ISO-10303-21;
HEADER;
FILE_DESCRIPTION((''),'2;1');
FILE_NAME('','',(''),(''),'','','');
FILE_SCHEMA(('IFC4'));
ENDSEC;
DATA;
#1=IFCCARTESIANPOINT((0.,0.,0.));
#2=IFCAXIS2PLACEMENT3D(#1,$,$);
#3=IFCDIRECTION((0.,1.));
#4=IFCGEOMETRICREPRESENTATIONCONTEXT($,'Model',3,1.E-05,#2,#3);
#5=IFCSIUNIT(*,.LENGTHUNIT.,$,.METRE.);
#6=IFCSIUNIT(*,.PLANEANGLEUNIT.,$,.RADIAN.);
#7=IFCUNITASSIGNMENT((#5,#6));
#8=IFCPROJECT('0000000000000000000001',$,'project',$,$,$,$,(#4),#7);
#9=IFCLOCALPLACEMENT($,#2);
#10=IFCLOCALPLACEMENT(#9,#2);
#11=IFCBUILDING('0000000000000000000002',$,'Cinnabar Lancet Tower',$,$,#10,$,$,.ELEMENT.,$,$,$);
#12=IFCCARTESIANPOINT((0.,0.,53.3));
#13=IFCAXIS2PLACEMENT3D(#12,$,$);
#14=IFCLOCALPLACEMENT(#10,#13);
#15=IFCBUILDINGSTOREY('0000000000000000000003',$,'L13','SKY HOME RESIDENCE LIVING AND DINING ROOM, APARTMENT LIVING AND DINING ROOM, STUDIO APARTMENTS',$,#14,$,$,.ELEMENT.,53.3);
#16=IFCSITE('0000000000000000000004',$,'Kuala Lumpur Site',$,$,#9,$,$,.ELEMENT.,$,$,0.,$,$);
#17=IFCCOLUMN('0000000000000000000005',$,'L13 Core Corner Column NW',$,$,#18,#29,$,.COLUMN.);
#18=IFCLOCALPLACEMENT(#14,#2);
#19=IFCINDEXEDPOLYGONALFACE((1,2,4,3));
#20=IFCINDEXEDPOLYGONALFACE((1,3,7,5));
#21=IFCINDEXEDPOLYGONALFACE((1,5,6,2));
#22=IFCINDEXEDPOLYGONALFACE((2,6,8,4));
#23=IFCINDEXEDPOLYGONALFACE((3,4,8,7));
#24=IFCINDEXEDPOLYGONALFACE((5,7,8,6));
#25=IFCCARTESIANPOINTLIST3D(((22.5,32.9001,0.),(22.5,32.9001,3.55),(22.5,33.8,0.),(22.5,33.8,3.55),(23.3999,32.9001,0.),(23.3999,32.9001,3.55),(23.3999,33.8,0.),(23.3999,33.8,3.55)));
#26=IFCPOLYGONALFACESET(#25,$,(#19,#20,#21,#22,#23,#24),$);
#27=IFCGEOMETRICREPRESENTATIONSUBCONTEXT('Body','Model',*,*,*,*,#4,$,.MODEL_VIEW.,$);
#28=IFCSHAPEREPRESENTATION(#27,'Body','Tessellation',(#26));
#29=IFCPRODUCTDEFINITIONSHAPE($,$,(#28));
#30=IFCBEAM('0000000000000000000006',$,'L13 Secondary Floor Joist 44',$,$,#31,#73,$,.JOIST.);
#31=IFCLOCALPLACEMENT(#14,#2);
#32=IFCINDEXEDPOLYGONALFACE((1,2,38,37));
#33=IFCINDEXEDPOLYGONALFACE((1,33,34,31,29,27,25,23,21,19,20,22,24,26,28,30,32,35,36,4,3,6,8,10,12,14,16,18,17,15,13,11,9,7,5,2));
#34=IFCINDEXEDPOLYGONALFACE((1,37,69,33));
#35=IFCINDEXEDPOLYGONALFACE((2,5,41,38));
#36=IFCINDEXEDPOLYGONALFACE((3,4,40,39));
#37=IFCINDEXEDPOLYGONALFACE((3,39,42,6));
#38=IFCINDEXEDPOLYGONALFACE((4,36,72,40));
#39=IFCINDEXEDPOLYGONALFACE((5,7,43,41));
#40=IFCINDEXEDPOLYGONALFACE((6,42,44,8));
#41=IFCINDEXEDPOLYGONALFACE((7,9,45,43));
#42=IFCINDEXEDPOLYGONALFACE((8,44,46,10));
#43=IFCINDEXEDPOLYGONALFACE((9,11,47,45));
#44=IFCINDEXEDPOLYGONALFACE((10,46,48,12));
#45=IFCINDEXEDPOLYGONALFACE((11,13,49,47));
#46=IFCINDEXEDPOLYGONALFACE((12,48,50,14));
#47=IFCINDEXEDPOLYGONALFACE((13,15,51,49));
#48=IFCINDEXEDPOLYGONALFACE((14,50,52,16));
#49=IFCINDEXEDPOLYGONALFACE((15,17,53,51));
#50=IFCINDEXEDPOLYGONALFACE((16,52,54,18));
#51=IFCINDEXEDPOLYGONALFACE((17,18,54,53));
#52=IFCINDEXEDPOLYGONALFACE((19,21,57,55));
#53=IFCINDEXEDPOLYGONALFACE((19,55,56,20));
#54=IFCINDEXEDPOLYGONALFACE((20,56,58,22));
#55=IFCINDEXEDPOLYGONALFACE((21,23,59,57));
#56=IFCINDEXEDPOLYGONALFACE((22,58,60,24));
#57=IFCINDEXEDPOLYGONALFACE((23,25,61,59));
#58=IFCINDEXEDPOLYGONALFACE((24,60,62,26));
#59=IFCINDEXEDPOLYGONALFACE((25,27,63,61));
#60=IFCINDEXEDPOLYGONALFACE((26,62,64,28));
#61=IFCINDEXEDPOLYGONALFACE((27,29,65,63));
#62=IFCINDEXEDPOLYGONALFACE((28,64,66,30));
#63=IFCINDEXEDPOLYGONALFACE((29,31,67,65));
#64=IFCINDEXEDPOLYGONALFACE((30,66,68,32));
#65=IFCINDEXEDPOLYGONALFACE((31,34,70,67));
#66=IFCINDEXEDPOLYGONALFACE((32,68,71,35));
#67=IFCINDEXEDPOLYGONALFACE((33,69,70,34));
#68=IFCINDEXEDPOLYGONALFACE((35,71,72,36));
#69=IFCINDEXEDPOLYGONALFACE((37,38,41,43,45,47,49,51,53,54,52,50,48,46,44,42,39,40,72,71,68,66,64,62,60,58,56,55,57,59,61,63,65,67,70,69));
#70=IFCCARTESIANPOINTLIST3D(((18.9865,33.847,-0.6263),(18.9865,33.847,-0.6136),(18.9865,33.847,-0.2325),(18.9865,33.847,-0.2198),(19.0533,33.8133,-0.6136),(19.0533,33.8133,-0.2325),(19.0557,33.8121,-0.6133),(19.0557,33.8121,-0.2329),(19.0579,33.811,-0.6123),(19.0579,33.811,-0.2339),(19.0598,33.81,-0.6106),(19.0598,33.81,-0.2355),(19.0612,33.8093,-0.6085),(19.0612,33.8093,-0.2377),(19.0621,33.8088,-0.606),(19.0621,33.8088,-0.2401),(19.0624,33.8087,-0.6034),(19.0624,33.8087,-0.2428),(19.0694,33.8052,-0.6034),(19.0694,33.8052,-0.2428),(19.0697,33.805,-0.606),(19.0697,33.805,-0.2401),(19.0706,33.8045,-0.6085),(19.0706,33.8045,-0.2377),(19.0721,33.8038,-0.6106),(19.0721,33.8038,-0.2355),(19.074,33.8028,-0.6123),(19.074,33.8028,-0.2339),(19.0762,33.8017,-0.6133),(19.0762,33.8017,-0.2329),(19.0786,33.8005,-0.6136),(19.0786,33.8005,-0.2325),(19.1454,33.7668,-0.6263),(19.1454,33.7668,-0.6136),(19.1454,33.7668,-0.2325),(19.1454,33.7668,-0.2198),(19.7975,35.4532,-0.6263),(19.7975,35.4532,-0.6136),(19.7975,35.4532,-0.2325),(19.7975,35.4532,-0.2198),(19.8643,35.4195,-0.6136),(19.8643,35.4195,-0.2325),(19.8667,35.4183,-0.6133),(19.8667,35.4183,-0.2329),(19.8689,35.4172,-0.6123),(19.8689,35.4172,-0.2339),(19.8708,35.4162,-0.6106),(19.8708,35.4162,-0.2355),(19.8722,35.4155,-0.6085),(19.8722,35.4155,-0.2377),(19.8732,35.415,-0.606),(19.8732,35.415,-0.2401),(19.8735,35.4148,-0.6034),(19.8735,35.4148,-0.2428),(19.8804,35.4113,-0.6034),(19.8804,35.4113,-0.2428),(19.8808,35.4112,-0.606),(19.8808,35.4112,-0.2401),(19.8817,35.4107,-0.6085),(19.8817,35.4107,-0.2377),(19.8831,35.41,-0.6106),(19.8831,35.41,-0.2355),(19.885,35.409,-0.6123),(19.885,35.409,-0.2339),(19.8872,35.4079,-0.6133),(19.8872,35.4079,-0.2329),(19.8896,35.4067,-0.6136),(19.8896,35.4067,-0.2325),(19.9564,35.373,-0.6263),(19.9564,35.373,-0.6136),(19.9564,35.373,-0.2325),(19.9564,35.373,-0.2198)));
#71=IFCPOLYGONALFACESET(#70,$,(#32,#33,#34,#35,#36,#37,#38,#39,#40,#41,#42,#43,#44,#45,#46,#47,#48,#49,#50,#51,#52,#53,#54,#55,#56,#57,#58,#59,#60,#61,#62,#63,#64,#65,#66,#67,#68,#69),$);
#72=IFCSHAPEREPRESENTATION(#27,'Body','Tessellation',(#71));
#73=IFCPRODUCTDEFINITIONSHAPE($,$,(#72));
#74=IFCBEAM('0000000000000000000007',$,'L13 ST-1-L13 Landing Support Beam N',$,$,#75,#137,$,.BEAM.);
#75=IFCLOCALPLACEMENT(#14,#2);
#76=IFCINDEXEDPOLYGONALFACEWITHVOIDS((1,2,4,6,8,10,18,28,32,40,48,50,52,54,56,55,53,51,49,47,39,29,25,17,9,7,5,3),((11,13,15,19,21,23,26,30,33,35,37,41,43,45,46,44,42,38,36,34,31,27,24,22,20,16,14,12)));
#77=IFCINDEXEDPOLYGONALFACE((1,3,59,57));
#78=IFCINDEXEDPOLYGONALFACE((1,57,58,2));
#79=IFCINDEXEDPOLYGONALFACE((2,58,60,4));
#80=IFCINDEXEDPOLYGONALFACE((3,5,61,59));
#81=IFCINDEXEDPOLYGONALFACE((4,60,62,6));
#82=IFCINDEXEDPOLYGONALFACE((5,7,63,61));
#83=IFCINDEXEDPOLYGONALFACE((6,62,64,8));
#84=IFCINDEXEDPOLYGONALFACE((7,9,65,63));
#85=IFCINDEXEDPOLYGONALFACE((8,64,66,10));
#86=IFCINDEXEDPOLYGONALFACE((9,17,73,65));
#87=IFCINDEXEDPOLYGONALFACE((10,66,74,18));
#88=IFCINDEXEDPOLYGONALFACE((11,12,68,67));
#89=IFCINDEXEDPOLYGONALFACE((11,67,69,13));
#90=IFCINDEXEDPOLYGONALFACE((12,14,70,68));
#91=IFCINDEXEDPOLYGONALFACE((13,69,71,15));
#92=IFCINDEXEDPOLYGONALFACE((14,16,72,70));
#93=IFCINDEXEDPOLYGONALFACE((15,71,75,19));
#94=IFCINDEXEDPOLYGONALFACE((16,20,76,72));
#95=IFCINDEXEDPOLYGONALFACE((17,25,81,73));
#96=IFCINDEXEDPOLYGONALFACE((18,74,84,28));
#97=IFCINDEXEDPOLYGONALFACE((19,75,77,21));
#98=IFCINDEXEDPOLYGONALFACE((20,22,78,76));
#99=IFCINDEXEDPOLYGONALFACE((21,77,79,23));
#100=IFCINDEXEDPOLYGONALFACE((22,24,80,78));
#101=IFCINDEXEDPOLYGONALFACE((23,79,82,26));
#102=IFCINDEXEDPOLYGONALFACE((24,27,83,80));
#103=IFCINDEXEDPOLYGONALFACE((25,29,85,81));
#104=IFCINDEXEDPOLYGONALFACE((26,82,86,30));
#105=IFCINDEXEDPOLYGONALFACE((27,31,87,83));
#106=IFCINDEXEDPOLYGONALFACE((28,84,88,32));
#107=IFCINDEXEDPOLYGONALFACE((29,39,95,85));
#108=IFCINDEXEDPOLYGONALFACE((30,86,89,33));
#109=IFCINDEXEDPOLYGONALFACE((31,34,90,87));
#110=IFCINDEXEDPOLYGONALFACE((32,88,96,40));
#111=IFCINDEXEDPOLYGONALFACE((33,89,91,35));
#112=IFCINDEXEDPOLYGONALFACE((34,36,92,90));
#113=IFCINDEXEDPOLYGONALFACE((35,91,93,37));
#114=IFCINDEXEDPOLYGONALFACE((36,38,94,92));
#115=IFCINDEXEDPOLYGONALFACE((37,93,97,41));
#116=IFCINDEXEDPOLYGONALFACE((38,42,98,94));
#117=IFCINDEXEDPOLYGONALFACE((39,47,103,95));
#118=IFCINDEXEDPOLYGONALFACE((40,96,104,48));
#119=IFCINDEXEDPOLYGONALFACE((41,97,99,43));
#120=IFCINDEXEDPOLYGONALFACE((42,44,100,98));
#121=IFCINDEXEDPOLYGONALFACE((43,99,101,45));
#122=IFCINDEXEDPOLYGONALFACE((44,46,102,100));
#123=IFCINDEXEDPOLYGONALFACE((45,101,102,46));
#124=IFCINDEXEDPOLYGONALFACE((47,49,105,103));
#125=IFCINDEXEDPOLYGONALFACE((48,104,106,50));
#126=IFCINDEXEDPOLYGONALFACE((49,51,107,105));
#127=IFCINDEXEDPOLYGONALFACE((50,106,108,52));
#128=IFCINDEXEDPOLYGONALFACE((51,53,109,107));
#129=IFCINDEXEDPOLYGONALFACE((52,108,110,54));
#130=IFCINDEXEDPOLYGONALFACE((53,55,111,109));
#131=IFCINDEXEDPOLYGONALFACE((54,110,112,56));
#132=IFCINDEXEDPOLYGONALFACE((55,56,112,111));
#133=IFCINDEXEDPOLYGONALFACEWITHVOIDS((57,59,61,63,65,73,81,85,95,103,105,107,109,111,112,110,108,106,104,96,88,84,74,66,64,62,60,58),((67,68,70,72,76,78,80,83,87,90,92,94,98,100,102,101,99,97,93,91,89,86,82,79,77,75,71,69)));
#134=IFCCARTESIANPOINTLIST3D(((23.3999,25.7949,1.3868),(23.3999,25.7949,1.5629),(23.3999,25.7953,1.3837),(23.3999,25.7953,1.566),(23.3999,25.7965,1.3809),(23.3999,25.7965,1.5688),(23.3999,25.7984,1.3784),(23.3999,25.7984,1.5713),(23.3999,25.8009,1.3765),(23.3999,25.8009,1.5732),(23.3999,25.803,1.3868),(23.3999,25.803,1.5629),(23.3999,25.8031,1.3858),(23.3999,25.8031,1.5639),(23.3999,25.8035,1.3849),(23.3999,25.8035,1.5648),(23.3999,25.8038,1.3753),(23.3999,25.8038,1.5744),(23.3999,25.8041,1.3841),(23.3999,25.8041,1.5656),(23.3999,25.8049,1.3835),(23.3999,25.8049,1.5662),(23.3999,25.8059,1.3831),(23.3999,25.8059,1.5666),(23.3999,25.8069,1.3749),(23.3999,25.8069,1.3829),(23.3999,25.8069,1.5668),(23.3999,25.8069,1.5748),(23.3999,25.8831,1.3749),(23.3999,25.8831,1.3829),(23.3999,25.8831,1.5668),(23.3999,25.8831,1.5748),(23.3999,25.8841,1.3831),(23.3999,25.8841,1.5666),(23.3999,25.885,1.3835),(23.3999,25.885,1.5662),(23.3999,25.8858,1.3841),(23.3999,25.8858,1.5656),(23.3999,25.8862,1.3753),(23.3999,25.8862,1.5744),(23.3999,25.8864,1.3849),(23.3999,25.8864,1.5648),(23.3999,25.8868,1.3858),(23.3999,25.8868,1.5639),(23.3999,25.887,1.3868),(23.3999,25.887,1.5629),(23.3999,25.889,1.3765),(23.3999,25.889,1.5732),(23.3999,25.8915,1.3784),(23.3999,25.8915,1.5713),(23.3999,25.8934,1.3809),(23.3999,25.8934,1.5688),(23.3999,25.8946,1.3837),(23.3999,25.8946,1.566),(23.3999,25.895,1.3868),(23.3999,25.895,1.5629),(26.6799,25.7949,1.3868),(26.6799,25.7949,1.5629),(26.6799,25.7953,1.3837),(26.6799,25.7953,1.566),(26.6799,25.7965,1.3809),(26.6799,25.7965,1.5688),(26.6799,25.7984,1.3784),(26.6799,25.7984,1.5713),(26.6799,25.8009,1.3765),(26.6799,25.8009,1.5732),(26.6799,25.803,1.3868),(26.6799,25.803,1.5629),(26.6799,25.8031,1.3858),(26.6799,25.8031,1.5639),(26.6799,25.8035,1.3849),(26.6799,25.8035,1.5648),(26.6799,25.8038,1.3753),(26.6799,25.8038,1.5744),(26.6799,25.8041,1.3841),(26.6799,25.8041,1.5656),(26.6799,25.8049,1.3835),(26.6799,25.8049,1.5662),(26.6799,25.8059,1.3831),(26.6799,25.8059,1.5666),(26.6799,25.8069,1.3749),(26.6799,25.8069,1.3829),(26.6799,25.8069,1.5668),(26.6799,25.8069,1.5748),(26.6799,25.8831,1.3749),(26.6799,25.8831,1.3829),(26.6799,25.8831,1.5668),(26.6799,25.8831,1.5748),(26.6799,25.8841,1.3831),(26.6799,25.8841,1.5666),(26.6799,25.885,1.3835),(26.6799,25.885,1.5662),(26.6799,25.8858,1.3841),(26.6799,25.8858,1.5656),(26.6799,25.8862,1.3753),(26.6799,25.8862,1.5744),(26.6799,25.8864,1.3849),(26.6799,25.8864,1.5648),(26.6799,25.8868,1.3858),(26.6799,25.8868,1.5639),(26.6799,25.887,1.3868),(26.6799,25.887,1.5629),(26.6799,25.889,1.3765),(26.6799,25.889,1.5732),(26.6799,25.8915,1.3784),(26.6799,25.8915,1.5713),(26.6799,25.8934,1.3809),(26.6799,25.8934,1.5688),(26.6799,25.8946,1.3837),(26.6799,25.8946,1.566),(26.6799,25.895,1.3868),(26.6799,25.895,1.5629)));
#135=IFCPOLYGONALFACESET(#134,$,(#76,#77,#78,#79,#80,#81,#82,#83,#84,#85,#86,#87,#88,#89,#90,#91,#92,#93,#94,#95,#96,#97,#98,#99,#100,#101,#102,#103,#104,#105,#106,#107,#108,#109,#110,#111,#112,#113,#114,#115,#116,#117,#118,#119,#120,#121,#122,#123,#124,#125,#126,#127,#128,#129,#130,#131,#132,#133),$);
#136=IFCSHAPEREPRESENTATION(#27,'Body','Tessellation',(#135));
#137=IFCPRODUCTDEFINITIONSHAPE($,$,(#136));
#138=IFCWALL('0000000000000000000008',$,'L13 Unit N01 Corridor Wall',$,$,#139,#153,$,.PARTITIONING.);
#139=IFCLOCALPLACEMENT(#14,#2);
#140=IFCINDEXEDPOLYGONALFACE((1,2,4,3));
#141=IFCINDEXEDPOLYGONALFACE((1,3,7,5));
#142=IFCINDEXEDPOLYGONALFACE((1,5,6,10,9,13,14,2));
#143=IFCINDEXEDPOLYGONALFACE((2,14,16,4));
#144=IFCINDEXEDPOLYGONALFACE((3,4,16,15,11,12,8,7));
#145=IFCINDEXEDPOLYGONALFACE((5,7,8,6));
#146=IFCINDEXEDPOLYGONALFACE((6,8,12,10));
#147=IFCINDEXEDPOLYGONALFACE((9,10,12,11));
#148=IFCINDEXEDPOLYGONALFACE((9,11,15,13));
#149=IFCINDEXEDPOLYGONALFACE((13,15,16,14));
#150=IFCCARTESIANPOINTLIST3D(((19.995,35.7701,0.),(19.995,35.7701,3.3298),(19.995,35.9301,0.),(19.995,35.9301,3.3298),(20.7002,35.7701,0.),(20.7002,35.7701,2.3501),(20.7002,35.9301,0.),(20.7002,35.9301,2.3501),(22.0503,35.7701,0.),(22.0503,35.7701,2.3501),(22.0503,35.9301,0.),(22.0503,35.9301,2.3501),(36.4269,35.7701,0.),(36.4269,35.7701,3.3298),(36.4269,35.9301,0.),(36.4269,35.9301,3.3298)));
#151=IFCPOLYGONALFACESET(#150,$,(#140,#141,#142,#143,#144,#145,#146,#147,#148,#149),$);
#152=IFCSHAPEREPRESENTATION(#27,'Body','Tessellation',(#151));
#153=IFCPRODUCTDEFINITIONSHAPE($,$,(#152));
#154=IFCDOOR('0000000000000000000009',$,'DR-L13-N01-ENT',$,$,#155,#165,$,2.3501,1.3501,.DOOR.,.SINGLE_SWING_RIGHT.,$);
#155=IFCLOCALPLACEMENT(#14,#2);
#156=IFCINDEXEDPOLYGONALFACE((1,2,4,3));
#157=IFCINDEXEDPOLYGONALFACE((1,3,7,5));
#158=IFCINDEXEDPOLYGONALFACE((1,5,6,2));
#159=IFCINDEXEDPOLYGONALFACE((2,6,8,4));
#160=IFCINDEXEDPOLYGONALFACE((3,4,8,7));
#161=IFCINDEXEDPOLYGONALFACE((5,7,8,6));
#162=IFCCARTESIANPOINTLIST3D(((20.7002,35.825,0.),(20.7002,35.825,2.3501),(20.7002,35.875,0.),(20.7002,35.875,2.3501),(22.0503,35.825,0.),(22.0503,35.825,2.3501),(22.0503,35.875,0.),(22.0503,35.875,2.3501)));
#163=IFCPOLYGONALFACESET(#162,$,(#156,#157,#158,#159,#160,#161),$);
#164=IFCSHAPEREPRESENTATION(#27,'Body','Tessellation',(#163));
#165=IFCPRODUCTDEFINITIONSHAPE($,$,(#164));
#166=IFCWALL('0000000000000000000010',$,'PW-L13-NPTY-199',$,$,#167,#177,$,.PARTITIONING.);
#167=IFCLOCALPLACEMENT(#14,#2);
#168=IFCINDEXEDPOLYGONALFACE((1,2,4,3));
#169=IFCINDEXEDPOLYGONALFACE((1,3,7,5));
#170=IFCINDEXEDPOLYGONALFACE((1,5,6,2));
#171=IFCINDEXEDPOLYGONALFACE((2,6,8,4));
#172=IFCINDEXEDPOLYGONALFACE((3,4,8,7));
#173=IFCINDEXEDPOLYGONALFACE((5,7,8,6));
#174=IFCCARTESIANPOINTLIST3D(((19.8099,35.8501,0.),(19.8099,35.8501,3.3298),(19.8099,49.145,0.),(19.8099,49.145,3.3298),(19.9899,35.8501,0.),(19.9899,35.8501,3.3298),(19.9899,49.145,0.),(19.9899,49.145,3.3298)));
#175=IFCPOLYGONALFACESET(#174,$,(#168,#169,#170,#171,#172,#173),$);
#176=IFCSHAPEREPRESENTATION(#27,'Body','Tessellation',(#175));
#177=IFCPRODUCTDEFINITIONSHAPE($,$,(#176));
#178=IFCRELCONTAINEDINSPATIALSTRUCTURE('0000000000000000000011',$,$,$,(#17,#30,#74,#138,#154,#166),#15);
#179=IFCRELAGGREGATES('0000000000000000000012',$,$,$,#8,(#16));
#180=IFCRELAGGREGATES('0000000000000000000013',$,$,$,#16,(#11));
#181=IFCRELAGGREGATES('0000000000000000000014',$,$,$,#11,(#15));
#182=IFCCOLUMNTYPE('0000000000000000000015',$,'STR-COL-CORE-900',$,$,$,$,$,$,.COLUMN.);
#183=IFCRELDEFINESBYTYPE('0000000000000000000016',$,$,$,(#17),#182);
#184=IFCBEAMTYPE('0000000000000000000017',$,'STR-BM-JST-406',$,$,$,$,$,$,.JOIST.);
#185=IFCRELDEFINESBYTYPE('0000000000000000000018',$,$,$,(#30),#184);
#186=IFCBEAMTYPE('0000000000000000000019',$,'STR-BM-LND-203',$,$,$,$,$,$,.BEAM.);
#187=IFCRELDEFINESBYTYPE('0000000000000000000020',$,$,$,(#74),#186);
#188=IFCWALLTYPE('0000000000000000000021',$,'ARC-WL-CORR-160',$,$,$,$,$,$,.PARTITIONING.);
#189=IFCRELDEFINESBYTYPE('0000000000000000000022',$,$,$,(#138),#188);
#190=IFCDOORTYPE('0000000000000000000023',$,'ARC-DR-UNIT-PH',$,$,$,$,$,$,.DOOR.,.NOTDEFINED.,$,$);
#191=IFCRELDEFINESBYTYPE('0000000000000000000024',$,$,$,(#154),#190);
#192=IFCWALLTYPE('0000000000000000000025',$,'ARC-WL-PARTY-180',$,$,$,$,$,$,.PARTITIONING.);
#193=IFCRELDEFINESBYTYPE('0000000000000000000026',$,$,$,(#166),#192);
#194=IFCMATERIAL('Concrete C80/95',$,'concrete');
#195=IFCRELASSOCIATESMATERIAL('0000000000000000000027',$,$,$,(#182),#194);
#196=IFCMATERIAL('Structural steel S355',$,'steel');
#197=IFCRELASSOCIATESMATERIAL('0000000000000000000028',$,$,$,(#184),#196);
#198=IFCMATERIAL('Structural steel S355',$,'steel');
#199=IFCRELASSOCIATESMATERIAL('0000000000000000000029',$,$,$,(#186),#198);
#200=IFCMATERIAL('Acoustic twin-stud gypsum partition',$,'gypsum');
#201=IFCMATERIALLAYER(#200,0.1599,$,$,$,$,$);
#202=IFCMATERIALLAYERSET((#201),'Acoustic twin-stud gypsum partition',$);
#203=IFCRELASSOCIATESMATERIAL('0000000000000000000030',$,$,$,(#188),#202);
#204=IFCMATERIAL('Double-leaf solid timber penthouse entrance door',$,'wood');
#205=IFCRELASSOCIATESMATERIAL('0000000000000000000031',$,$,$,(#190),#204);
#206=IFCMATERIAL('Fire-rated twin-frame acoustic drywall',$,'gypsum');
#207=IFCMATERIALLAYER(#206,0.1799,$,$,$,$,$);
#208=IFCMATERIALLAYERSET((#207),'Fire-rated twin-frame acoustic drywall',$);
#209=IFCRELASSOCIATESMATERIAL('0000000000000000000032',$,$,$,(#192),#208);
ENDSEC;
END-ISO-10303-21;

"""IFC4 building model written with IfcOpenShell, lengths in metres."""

from ifc_helpers import new_model, si_unit, direction, frame, frame_2d, origin, origin_2d, place, context, subcontext, project, spatial, rectangle, hollow_rectangle, i_section, extrude, material, layer, layer_set, material_profile, profile_set, type_object, element, fill, save


model = new_model("IFC4")

# Units and contexts
model_context = context("Model", 3, precision=1e-05, world=origin(), true_north=direction((0.0, 1.0)))
body_context = subcontext(model_context, "Body", "Model", "MODEL_VIEW")
ifc_project = project(units=[si_unit("LENGTHUNIT", "METRE"), si_unit("PLANEANGLEUNIT", "RADIAN")], contexts=[model_context])

# Site, building, storey
site_placement = place(None, origin())
site = spatial("IfcSite", under=ifc_project, at=site_placement, Name="Kuala Lumpur Site", CompositionType="ELEMENT", RefElevation=0.0)
building_placement = place(site_placement, origin())
building = spatial("IfcBuilding", under=site, at=building_placement, Name="Cinnabar Lancet Tower", CompositionType="ELEMENT")
storey_placement = place(building_placement, frame((0.0, 0.0, 53.3)))
storey = spatial("IfcBuildingStorey", under=building, at=storey_placement, Name="L13", Description="SKY HOME RESIDENCE LIVING AND DINING ROOM, APARTMENT LIVING AND DINING ROOM, STUDIO APARTMENTS", CompositionType="ELEMENT", Elevation=53.3)

# Column
ifc_material_1 = material(Name="Concrete C80/95", Category="concrete")
ifc_material_profile_1 = material_profile(ifc_material_1, rectangle(XDim=0.8999, YDim=0.8999, at=origin_2d()), Name="RC-COL 900x900")
ifc_profile_set_1 = profile_set([ifc_material_profile_1], Name="Concrete C80/95")
column_type = type_object("IfcColumnType", Name="STR-COL-CORE-900", PredefinedType="COLUMN", material=ifc_profile_set_1)
column_placement = place(storey_placement, frame((22.95, 33.3501, 0.0), z_axis=(0.0, 0.0, 1.0), x_axis=(1.0, 0.0, 0.0)))
element("IfcColumn", 1, at=column_placement, inside=storey, type_object=column_type, Name="L13 Core Corner Column NW", PredefinedType="COLUMN", context=body_context, shape_type="SweptSolid", body=[
    extrude(rectangle(XDim=0.8999, YDim=0.8999, at=origin_2d()), origin(), (0.0, 0.0, 1.0), 3.55),
])

# Beams
ifc_material_2 = material(Name="Structural steel S355", Category="steel")
ifc_material_profile_2 = material_profile(ifc_material_2, i_section(OverallWidth=0.178, OverallDepth=0.4065, WebThickness=0.0078, FlangeThickness=0.0127, FilletRadius=0.0103, at=origin_2d()), Name="UKB 406x178x60")
ifc_profile_set_2 = profile_set([ifc_material_profile_2], Name="Structural steel S355")
beam_type_1 = type_object("IfcBeamType", Name="STR-BM-JST-406", PredefinedType="JOIST", material=ifc_profile_set_2)
beam_1_placement = place(storey_placement, frame((19.877, 35.4131, -0.4231), z_axis=(-0.450738, -0.892656, 0.0), x_axis=(0.892656, -0.450738, 0.0)))
element("IfcBeam", 2, at=beam_1_placement, inside=storey, type_object=beam_type_1, Name="L13 Secondary Floor Joist 44", PredefinedType="JOIST", context=body_context, shape_type="SweptSolid", body=[
    extrude(i_section(OverallWidth=0.178, OverallDepth=0.4065, WebThickness=0.0078, FlangeThickness=0.0127, FilletRadius=0.0103, at=origin_2d()), origin(), (0.0, 0.0, 1.0), 1.7993),
])
ifc_material_3 = material(Name="Structural steel S355", Category="steel")
ifc_material_profile_3 = material_profile(ifc_material_3, hollow_rectangle(XDim=0.1001, YDim=0.2, WallThickness=0.0081, InnerFilletRadius=0.0039, OuterFilletRadius=0.012, at=origin_2d()), Name="RHS 200x100x8")
ifc_profile_set_3 = profile_set([ifc_material_profile_3], Name="Structural steel S355")
beam_type_2 = type_object("IfcBeamType", Name="STR-BM-LND-203", PredefinedType="BEAM", material=ifc_profile_set_3)
beam_2_placement = place(storey_placement, frame((23.3999, 25.845, 1.4749), z_axis=(1.0, 0.0, 0.0), x_axis=(0.0, 1.0, 0.0)))
element("IfcBeam", 3, at=beam_2_placement, inside=storey, type_object=beam_type_2, Name="L13 ST-1-L13 Landing Support Beam N", PredefinedType="BEAM", context=body_context, shape_type="SweptSolid", body=[
    extrude(hollow_rectangle(XDim=0.1001, YDim=0.2, WallThickness=0.0081, InnerFilletRadius=0.0039, OuterFilletRadius=0.012, at=origin_2d()), origin(), (0.0, 0.0, 1.0), 3.28),
])

# Wall, opening, door
ifc_material_4 = material(Name="Acoustic twin-stud gypsum partition", Category="gypsum")
ifc_layer_1 = layer(ifc_material_4, 0.1599)
ifc_layer_set_1 = layer_set([ifc_layer_1], Name="Acoustic twin-stud gypsum partition")
wall_type_1 = type_object("IfcWallType", Name="ARC-WL-CORR-160", PredefinedType="PARTITIONING", material=ifc_layer_set_1)
wall_1_placement = place(storey_placement, frame((19.9951, 35.8501, 0.0), z_axis=(0.0, 0.0, 1.0), x_axis=(1.0, 0.0, 0.0)))
wall_1 = element("IfcWall", 4, at=wall_1_placement, inside=storey, type_object=wall_type_1, Name="L13 Unit N01 Corridor Wall", PredefinedType="PARTITIONING", context=body_context, shape_type="SweptSolid", body=[
    extrude(rectangle(XDim=16.4319, YDim=0.1599, at=frame_2d((8.2158, 0.0))), origin(), (0.0, 0.0, 1.0), 3.3298),
])
opening_1_placement = place(wall_1_placement, frame((0.7051, 0.0, 0.0)))
opening_1 = element("IfcOpeningElement", 5, at=opening_1_placement, cuts=wall_1, PredefinedType="OPENING", context=body_context, shape_type="SweptSolid", body=[
    extrude(rectangle(XDim=1.3501, YDim=2.3501, at=frame_2d((0.675, 1.175))), frame((0.0, 0.0898, 0.0), z_axis=(0.0, -1.0, 0.0), x_axis=(1.0, 0.0, 0.0)), (0.0, 0.0, 1.0), 0.1799),
])
ifc_material_5 = material(Name="Double-leaf solid timber penthouse entrance door", Category="wood")
door_type_1 = type_object("IfcDoorType", Name="ARC-DR-UNIT-PH", OperationType="NOTDEFINED", PredefinedType="DOOR", material=ifc_material_5)
door_1_placement = place(opening_1_placement, origin())
door_1 = element("IfcDoor", 6, at=door_1_placement, inside=storey, type_object=door_type_1, Name="DR-L13-N01-ENT", OperationType="SINGLE_SWING_RIGHT", OverallHeight=2.3501, OverallWidth=1.3501, PredefinedType="DOOR", context=body_context, shape_type="SweptSolid", body=[
    extrude(rectangle(XDim=1.3501, YDim=2.3501, at=frame_2d((0.675, 1.175))), frame((0.0, 0.0249, 0.0), z_axis=(0.0, -1.0, 0.0), x_axis=(1.0, 0.0, 0.0)), (0.0, 0.0, 1.0), 0.05),
])
fill(opening_1, door_1)

# Wall
ifc_material_6 = material(Name="Fire-rated twin-frame acoustic drywall", Category="gypsum")
ifc_layer_2 = layer(ifc_material_6, 0.1799)
ifc_layer_set_2 = layer_set([ifc_layer_2], Name="Fire-rated twin-frame acoustic drywall")
wall_type_2 = type_object("IfcWallType", Name="ARC-WL-PARTY-180", PredefinedType="PARTITIONING", material=ifc_layer_set_2)
wall_2_placement = place(storey_placement, frame((19.8999, 35.8501, 0.0), z_axis=(0.0, 0.0, 1.0), x_axis=(0.0, 1.0, 0.0)))
element("IfcWall", 7, at=wall_2_placement, inside=storey, type_object=wall_type_2, Name="PW-L13-NPTY-199", PredefinedType="PARTITIONING", context=body_context, shape_type="SweptSolid", body=[
    extrude(rectangle(XDim=13.2949, YDim=0.1799, at=frame_2d((6.6475, 0.0))), origin(), (0.0, 0.0, 1.0), 3.3298),
])

save(model, "model.ifc")
